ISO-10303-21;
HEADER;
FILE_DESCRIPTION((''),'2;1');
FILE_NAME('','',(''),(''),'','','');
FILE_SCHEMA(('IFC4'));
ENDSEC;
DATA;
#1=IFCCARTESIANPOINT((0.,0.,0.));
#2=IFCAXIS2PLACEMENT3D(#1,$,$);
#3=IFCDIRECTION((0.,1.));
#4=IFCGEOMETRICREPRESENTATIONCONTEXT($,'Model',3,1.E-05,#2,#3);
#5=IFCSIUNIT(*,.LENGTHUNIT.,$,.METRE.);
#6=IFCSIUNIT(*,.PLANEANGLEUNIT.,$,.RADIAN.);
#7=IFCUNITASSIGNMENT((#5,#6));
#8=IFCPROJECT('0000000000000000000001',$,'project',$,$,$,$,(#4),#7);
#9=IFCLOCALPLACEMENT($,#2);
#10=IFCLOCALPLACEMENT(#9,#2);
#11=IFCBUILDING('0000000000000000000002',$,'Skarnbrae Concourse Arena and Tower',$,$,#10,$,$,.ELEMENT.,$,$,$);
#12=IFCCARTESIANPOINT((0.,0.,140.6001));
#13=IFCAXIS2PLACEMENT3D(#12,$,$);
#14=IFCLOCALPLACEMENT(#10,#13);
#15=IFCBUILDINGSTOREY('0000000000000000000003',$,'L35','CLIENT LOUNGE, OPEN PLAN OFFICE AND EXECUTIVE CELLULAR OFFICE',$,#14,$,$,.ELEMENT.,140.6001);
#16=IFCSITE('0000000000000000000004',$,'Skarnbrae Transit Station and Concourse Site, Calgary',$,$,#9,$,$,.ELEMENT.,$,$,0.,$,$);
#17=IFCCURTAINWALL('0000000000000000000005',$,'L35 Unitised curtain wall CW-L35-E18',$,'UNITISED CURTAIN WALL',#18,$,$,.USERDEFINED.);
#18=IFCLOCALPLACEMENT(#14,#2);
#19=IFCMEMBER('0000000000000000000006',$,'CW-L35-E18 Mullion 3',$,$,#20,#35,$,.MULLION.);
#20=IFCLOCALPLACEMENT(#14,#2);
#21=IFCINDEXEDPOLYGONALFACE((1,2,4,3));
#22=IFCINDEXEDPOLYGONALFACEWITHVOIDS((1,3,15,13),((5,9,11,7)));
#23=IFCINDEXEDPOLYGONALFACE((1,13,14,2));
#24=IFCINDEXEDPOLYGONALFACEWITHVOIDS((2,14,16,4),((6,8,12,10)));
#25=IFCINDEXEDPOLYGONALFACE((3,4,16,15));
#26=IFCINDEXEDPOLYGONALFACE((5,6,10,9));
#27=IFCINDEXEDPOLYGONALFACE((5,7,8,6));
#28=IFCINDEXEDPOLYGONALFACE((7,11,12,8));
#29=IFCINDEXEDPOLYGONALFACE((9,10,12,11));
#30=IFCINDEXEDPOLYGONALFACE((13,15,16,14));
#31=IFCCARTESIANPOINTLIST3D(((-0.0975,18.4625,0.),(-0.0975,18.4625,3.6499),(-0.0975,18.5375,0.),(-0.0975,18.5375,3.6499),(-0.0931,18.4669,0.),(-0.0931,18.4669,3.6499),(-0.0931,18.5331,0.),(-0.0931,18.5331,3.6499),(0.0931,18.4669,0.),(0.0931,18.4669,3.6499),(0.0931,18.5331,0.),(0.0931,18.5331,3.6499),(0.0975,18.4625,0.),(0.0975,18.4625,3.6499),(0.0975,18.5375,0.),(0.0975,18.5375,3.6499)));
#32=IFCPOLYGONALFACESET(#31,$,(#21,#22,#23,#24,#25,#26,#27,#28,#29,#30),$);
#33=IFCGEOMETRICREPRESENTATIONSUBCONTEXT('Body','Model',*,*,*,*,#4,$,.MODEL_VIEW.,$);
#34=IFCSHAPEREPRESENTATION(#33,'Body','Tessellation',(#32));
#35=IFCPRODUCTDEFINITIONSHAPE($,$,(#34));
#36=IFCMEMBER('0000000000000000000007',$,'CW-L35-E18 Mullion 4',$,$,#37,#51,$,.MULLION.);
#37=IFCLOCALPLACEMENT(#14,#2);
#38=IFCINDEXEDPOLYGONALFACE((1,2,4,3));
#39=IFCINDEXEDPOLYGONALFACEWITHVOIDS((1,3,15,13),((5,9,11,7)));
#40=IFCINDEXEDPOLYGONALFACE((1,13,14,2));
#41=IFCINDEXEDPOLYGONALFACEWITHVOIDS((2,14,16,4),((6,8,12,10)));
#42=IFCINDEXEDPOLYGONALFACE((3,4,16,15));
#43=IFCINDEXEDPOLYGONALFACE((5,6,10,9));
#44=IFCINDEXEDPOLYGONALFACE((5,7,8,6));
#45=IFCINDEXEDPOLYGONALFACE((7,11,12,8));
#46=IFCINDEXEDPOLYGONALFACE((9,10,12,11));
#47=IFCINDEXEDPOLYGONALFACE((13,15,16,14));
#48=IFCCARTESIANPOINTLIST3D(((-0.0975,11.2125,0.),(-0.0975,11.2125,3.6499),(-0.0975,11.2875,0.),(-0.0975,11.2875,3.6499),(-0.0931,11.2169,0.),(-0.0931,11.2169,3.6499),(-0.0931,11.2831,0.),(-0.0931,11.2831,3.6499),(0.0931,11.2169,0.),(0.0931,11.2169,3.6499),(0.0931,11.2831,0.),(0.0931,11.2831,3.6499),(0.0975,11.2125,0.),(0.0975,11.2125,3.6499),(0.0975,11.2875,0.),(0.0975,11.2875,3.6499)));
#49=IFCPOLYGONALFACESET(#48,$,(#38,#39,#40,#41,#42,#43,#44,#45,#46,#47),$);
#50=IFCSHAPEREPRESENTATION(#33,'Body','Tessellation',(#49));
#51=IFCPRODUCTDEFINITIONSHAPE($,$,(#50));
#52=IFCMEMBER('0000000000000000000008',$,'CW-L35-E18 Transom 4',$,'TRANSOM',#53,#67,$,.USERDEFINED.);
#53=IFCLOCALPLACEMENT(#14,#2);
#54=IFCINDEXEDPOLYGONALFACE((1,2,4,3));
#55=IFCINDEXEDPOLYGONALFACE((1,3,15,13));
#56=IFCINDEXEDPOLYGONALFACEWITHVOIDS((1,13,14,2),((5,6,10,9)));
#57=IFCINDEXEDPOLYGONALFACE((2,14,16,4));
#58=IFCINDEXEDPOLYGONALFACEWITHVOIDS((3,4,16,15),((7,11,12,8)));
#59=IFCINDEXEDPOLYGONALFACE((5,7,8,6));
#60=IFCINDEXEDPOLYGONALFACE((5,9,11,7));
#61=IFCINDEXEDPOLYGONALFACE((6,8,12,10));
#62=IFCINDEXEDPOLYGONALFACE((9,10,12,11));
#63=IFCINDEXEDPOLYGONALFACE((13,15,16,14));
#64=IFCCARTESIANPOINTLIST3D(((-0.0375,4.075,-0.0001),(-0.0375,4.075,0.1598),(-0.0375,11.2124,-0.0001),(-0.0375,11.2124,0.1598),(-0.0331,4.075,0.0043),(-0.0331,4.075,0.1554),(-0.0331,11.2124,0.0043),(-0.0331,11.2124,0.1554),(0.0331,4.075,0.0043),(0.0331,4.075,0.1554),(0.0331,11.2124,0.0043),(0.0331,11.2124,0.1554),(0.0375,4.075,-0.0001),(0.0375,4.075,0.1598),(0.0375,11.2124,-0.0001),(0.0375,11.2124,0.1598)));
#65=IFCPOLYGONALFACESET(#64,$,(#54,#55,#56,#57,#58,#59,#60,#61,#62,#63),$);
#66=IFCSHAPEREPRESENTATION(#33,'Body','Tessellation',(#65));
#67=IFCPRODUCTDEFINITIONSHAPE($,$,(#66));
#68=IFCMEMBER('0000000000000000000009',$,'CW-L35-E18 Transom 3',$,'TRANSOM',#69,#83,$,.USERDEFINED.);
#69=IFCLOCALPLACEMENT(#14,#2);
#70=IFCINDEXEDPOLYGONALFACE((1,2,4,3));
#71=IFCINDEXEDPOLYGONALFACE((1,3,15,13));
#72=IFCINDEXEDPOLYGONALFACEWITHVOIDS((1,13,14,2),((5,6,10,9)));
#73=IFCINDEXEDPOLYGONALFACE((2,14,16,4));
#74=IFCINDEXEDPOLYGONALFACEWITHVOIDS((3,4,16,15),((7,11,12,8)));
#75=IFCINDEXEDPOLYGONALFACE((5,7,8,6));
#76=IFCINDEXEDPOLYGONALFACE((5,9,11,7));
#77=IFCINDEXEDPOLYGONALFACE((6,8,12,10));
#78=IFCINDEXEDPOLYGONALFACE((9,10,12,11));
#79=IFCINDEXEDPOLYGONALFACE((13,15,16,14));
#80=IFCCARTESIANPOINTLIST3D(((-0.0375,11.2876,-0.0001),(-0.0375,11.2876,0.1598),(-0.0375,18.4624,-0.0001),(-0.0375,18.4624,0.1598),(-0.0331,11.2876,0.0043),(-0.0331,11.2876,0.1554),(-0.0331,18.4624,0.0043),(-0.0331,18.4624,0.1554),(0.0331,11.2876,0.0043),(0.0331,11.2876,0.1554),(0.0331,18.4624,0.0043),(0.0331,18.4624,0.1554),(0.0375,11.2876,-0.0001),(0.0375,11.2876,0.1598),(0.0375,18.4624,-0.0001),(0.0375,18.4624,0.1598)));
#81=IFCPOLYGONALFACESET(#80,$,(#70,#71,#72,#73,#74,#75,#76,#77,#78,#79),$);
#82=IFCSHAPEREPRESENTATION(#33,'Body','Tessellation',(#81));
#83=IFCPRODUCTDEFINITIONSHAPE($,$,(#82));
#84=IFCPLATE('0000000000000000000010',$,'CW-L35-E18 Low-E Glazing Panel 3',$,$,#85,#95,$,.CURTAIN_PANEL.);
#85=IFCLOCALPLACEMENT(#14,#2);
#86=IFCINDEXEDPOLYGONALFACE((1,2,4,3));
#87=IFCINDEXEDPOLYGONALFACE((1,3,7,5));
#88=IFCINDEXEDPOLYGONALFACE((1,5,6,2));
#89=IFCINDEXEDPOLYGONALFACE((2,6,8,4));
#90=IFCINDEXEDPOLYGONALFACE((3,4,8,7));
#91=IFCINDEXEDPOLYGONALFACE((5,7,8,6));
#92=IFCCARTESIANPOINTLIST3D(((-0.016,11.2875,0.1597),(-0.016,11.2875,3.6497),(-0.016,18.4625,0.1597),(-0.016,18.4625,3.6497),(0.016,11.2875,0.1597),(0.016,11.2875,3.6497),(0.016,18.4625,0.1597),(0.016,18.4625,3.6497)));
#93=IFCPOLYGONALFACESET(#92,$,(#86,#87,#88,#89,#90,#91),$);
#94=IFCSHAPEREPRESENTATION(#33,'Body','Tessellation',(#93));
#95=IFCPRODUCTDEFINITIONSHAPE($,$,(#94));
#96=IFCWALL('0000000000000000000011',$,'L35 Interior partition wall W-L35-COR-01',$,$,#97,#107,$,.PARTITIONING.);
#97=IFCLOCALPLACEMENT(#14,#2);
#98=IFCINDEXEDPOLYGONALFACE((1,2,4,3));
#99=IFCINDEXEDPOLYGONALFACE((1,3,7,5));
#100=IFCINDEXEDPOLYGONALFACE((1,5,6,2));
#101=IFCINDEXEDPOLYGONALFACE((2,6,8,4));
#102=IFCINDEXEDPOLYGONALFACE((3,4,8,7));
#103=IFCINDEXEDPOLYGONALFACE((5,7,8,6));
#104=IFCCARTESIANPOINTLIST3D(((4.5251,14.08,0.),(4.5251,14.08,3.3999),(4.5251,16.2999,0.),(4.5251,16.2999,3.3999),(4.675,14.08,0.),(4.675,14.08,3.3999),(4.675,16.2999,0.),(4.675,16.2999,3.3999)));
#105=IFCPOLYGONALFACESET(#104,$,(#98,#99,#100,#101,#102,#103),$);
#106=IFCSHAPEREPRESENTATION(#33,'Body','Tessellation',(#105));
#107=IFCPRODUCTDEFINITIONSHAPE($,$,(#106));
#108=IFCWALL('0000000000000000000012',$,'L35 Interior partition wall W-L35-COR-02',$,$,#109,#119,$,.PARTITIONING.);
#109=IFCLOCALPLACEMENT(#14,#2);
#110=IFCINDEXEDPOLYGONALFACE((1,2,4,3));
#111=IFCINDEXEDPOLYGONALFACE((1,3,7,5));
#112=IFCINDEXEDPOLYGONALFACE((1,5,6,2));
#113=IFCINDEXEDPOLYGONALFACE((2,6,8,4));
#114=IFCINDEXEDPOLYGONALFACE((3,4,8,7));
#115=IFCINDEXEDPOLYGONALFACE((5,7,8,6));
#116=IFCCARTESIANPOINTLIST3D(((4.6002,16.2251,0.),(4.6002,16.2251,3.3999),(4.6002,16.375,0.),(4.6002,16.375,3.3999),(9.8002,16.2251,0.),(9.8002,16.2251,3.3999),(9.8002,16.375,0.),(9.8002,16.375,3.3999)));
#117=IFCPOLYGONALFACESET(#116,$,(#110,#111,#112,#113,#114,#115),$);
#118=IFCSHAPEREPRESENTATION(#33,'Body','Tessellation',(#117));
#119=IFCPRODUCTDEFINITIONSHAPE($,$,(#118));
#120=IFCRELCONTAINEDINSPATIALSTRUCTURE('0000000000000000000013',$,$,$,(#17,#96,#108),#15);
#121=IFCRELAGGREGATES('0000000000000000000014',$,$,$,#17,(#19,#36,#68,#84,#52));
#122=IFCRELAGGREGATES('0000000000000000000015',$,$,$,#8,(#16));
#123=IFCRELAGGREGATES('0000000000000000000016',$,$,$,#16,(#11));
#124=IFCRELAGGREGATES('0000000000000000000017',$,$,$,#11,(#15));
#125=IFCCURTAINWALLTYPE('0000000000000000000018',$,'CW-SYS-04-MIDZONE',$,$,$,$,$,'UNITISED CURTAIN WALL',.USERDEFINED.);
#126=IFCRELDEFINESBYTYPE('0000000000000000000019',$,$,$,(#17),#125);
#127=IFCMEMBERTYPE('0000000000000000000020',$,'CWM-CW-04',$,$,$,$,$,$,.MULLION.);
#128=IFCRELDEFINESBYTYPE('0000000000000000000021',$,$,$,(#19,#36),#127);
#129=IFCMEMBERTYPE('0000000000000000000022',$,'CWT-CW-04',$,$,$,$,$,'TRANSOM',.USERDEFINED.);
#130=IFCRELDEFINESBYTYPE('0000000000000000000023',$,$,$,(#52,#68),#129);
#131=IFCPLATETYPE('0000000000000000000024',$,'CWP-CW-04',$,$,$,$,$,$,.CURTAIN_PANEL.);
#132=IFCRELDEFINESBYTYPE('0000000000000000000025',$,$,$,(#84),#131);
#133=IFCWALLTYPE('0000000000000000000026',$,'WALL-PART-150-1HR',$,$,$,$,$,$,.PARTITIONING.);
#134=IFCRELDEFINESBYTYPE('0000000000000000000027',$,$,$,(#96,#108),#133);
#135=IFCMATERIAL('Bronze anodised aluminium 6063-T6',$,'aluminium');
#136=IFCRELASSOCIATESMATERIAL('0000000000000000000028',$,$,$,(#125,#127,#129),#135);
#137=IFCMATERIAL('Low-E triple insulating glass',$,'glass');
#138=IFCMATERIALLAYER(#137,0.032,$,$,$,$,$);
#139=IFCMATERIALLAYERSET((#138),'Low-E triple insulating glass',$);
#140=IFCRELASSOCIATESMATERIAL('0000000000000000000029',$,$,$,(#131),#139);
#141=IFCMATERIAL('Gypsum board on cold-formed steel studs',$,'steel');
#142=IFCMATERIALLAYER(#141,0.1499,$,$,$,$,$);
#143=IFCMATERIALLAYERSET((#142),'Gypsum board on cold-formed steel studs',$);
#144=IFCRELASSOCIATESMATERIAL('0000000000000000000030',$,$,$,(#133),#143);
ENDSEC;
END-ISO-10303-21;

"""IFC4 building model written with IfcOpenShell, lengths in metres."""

from ifc_helpers import new_model, si_unit, direction, frame, frame_2d, origin, origin_2d, place, context, subcontext, project, spatial, rectangle, hollow_rectangle, extrude, source, transform, mapped, material, layer, layer_set, material_profile, profile_set, type_object, element, aggregate, save


model = new_model("IFC4")

# Units and contexts
model_context = context("Model", 3, precision=1e-05, world=origin(), true_north=direction((0.0, 1.0)))
body_context = subcontext(model_context, "Body", "Model", "MODEL_VIEW")
ifc_project = project(units=[si_unit("LENGTHUNIT", "METRE"), si_unit("PLANEANGLEUNIT", "RADIAN")], contexts=[model_context])

# Site, building, storey
site_placement = place(None, origin())
site = spatial("IfcSite", under=ifc_project, at=site_placement, Name="Skarnbrae Transit Station and Concourse Site, Calgary", CompositionType="ELEMENT", RefElevation=0.0)
building_placement = place(site_placement, origin())
building = spatial("IfcBuilding", under=site, at=building_placement, Name="Skarnbrae Concourse Arena and Tower", CompositionType="ELEMENT")
storey_placement = place(building_placement, frame((0.0, 0.0, 140.6001)))
storey = spatial("IfcBuildingStorey", under=building, at=storey_placement, Name="L35", Description="CLIENT LOUNGE, OPEN PLAN OFFICE AND EXECUTIVE CELLULAR OFFICE", CompositionType="ELEMENT", Elevation=140.6001)

# Curtain wall, members, plate
ifc_material_1 = material(Name="Bronze anodised aluminium 6063-T6", Category="aluminium")
curtain_wall_type = type_object("IfcCurtainWallType", Name="CW-SYS-04-MIDZONE", ElementType="UNITISED CURTAIN WALL", PredefinedType="USERDEFINED", material=ifc_material_1)
curtain_wall_placement = place(storey_placement, origin())
curtain_wall = element("IfcCurtainWall", 1, at=curtain_wall_placement, inside=storey, type_object=curtain_wall_type, Name="L35 Unitised curtain wall CW-L35-E18", ObjectType="UNITISED CURTAIN WALL", PredefinedType="USERDEFINED")
ifc_material_profile_1 = material_profile(ifc_material_1, hollow_rectangle(XDim=0.075, YDim=0.1951, WallThickness=0.0044, at=origin_2d()), Name="ALU-MULL-75X195")
ifc_profile_set_1 = profile_set([ifc_material_profile_1], Name="Bronze anodised aluminium 6063-T6")
member_type_1 = type_object("IfcMemberType", Name="CWM-CW-04", PredefinedType="MULLION", material=ifc_profile_set_1)
shared_shape_1 = source(origin(), body_context, "Body", "SweptSolid", [
    extrude(hollow_rectangle(XDim=0.075, YDim=0.1951, WallThickness=0.0044, at=origin_2d()), origin(), (0.0, 0.0, 1.0), 3.6499),
])
member_1_placement = place(storey_placement, frame((0.0, 18.5, 0.0), z_axis=(0.0, 0.0, 1.0), x_axis=(0.0, -1.0, 0.0)))
member_1 = element("IfcMember", 2, at=member_1_placement, type_object=member_type_1, Name="CW-L35-E18 Mullion 3", PredefinedType="MULLION", context=body_context, shape_type="MappedRepresentation", body=[
    mapped(shared_shape_1, transform((0.0, 0.0, 0.0))),
])
member_2_placement = place(storey_placement, frame((0.0, 11.25, 0.0), z_axis=(0.0, 0.0, 1.0), x_axis=(0.0, -1.0, 0.0)))
member_2 = element("IfcMember", 3, at=member_2_placement, type_object=member_type_1, Name="CW-L35-E18 Mullion 4", PredefinedType="MULLION", context=body_context, shape_type="MappedRepresentation", body=[
    mapped(shared_shape_1, transform((0.0, 0.0, 0.0))),
])
ifc_material_profile_2 = material_profile(ifc_material_1, hollow_rectangle(XDim=0.075, YDim=0.1599, WallThickness=0.0044, at=origin_2d()), Name="ALU-TRAN-75X160")
ifc_profile_set_2 = profile_set([ifc_material_profile_2], Name="Bronze anodised aluminium 6063-T6")
member_type_2 = type_object("IfcMemberType", Name="CWT-CW-04", ElementType="TRANSOM", PredefinedType="USERDEFINED", material=ifc_profile_set_2)
shared_shape_2 = source(origin(), body_context, "Body", "SweptSolid", [
    extrude(hollow_rectangle(XDim=0.075, YDim=0.1599, WallThickness=0.0044, at=origin_2d()), origin(), (0.0, 0.0, 1.0), 7.1375),
])
member_3_placement = place(storey_placement, frame((0.0, 11.2124, 0.0798), z_axis=(0.0, -1.0, 0.0), x_axis=(1.0, 0.0, 0.0)))
member_3 = element("IfcMember", 4, at=member_3_placement, type_object=member_type_2, Name="CW-L35-E18 Transom 4", ObjectType="TRANSOM", PredefinedType="USERDEFINED", context=body_context, shape_type="MappedRepresentation", body=[
    mapped(shared_shape_2, transform((0.0, 0.0, 0.0))),
])
shared_shape_3 = source(origin(), body_context, "Body", "SweptSolid", [
    extrude(hollow_rectangle(XDim=0.075, YDim=0.1599, WallThickness=0.0044, at=origin_2d()), origin(), (0.0, 0.0, 1.0), 7.1748),
])
member_4_placement = place(storey_placement, frame((0.0, 18.4624, 0.0798), z_axis=(0.0, -1.0, 0.0), x_axis=(1.0, 0.0, 0.0)))
member_4 = element("IfcMember", 5, at=member_4_placement, type_object=member_type_2, Name="CW-L35-E18 Transom 3", ObjectType="TRANSOM", PredefinedType="USERDEFINED", context=body_context, shape_type="MappedRepresentation", body=[
    mapped(shared_shape_3, transform((0.0, 0.0, 0.0))),
])
ifc_material_2 = material(Name="Low-E triple insulating glass", Category="glass")
ifc_layer_1 = layer(ifc_material_2, 0.032)
ifc_layer_set_1 = layer_set([ifc_layer_1], Name="Low-E triple insulating glass")
plate_type = type_object("IfcPlateType", Name="CWP-CW-04", PredefinedType="CURTAIN_PANEL", material=ifc_layer_set_1)
shared_shape_4 = source(origin(), body_context, "Body", "SweptSolid", [
    extrude(rectangle(XDim=7.175, YDim=0.032, at=origin_2d()), origin(), (0.0, 0.0, 1.0), 3.49),
])
plate_placement = place(storey_placement, frame((0.0, 14.875, 0.1597), z_axis=(0.0, 0.0, 1.0), x_axis=(0.0, -1.0, 0.0)))
plate = element("IfcPlate", 6, at=plate_placement, type_object=plate_type, Name="CW-L35-E18 Low-E Glazing Panel 3", PredefinedType="CURTAIN_PANEL", context=body_context, shape_type="MappedRepresentation", body=[
    mapped(shared_shape_4, transform((0.0, 0.0, 0.0))),
])
aggregate(curtain_wall, [member_1, member_2, member_4, plate, member_3])

# Walls
ifc_material_3 = material(Name="Gypsum board on cold-formed steel studs", Category="steel")
ifc_layer_2 = layer(ifc_material_3, 0.1499)
ifc_layer_set_2 = layer_set([ifc_layer_2], Name="Gypsum board on cold-formed steel studs")
wall_type_1 = type_object("IfcWallType", Name="WALL-PART-150-1HR", PredefinedType="PARTITIONING", material=ifc_layer_set_2)
shared_shape_5 = source(origin(), body_context, "Body", "SweptSolid", [
    extrude(rectangle(XDim=2.22, YDim=0.1499, at=frame_2d((1.1099, 0.0))), origin(), (0.0, 0.0, 1.0), 3.3999),
])
wall_1_placement = place(storey_placement, frame((4.6001, 14.0801, 0.0), z_axis=(0.0, 0.0, 1.0), x_axis=(0.0, 1.0, 0.0)))
element("IfcWall", 7, at=wall_1_placement, inside=storey, type_object=wall_type_1, Name="L35 Interior partition wall W-L35-COR-01", PredefinedType="PARTITIONING", context=body_context, shape_type="MappedRepresentation", body=[
    mapped(shared_shape_5, transform((0.0, 0.0, 0.0))),
])
shared_shape_6 = source(origin(), body_context, "Body", "SweptSolid", [
    extrude(rectangle(XDim=5.2, YDim=0.1499, at=frame_2d((2.6001, 0.0))), origin(), (0.0, 0.0, 1.0), 3.3999),
])
wall_2_placement = place(storey_placement, frame((4.6001, 16.3, 0.0), z_axis=(0.0, 0.0, 1.0), x_axis=(1.0, 0.0, 0.0)))
element("IfcWall", 8, at=wall_2_placement, inside=storey, type_object=wall_type_1, Name="L35 Interior partition wall W-L35-COR-02", PredefinedType="PARTITIONING", context=body_context, shape_type="MappedRepresentation", body=[
    mapped(shared_shape_6, transform((0.0, 0.0, 0.0))),
])

save(model, "model.ifc")
